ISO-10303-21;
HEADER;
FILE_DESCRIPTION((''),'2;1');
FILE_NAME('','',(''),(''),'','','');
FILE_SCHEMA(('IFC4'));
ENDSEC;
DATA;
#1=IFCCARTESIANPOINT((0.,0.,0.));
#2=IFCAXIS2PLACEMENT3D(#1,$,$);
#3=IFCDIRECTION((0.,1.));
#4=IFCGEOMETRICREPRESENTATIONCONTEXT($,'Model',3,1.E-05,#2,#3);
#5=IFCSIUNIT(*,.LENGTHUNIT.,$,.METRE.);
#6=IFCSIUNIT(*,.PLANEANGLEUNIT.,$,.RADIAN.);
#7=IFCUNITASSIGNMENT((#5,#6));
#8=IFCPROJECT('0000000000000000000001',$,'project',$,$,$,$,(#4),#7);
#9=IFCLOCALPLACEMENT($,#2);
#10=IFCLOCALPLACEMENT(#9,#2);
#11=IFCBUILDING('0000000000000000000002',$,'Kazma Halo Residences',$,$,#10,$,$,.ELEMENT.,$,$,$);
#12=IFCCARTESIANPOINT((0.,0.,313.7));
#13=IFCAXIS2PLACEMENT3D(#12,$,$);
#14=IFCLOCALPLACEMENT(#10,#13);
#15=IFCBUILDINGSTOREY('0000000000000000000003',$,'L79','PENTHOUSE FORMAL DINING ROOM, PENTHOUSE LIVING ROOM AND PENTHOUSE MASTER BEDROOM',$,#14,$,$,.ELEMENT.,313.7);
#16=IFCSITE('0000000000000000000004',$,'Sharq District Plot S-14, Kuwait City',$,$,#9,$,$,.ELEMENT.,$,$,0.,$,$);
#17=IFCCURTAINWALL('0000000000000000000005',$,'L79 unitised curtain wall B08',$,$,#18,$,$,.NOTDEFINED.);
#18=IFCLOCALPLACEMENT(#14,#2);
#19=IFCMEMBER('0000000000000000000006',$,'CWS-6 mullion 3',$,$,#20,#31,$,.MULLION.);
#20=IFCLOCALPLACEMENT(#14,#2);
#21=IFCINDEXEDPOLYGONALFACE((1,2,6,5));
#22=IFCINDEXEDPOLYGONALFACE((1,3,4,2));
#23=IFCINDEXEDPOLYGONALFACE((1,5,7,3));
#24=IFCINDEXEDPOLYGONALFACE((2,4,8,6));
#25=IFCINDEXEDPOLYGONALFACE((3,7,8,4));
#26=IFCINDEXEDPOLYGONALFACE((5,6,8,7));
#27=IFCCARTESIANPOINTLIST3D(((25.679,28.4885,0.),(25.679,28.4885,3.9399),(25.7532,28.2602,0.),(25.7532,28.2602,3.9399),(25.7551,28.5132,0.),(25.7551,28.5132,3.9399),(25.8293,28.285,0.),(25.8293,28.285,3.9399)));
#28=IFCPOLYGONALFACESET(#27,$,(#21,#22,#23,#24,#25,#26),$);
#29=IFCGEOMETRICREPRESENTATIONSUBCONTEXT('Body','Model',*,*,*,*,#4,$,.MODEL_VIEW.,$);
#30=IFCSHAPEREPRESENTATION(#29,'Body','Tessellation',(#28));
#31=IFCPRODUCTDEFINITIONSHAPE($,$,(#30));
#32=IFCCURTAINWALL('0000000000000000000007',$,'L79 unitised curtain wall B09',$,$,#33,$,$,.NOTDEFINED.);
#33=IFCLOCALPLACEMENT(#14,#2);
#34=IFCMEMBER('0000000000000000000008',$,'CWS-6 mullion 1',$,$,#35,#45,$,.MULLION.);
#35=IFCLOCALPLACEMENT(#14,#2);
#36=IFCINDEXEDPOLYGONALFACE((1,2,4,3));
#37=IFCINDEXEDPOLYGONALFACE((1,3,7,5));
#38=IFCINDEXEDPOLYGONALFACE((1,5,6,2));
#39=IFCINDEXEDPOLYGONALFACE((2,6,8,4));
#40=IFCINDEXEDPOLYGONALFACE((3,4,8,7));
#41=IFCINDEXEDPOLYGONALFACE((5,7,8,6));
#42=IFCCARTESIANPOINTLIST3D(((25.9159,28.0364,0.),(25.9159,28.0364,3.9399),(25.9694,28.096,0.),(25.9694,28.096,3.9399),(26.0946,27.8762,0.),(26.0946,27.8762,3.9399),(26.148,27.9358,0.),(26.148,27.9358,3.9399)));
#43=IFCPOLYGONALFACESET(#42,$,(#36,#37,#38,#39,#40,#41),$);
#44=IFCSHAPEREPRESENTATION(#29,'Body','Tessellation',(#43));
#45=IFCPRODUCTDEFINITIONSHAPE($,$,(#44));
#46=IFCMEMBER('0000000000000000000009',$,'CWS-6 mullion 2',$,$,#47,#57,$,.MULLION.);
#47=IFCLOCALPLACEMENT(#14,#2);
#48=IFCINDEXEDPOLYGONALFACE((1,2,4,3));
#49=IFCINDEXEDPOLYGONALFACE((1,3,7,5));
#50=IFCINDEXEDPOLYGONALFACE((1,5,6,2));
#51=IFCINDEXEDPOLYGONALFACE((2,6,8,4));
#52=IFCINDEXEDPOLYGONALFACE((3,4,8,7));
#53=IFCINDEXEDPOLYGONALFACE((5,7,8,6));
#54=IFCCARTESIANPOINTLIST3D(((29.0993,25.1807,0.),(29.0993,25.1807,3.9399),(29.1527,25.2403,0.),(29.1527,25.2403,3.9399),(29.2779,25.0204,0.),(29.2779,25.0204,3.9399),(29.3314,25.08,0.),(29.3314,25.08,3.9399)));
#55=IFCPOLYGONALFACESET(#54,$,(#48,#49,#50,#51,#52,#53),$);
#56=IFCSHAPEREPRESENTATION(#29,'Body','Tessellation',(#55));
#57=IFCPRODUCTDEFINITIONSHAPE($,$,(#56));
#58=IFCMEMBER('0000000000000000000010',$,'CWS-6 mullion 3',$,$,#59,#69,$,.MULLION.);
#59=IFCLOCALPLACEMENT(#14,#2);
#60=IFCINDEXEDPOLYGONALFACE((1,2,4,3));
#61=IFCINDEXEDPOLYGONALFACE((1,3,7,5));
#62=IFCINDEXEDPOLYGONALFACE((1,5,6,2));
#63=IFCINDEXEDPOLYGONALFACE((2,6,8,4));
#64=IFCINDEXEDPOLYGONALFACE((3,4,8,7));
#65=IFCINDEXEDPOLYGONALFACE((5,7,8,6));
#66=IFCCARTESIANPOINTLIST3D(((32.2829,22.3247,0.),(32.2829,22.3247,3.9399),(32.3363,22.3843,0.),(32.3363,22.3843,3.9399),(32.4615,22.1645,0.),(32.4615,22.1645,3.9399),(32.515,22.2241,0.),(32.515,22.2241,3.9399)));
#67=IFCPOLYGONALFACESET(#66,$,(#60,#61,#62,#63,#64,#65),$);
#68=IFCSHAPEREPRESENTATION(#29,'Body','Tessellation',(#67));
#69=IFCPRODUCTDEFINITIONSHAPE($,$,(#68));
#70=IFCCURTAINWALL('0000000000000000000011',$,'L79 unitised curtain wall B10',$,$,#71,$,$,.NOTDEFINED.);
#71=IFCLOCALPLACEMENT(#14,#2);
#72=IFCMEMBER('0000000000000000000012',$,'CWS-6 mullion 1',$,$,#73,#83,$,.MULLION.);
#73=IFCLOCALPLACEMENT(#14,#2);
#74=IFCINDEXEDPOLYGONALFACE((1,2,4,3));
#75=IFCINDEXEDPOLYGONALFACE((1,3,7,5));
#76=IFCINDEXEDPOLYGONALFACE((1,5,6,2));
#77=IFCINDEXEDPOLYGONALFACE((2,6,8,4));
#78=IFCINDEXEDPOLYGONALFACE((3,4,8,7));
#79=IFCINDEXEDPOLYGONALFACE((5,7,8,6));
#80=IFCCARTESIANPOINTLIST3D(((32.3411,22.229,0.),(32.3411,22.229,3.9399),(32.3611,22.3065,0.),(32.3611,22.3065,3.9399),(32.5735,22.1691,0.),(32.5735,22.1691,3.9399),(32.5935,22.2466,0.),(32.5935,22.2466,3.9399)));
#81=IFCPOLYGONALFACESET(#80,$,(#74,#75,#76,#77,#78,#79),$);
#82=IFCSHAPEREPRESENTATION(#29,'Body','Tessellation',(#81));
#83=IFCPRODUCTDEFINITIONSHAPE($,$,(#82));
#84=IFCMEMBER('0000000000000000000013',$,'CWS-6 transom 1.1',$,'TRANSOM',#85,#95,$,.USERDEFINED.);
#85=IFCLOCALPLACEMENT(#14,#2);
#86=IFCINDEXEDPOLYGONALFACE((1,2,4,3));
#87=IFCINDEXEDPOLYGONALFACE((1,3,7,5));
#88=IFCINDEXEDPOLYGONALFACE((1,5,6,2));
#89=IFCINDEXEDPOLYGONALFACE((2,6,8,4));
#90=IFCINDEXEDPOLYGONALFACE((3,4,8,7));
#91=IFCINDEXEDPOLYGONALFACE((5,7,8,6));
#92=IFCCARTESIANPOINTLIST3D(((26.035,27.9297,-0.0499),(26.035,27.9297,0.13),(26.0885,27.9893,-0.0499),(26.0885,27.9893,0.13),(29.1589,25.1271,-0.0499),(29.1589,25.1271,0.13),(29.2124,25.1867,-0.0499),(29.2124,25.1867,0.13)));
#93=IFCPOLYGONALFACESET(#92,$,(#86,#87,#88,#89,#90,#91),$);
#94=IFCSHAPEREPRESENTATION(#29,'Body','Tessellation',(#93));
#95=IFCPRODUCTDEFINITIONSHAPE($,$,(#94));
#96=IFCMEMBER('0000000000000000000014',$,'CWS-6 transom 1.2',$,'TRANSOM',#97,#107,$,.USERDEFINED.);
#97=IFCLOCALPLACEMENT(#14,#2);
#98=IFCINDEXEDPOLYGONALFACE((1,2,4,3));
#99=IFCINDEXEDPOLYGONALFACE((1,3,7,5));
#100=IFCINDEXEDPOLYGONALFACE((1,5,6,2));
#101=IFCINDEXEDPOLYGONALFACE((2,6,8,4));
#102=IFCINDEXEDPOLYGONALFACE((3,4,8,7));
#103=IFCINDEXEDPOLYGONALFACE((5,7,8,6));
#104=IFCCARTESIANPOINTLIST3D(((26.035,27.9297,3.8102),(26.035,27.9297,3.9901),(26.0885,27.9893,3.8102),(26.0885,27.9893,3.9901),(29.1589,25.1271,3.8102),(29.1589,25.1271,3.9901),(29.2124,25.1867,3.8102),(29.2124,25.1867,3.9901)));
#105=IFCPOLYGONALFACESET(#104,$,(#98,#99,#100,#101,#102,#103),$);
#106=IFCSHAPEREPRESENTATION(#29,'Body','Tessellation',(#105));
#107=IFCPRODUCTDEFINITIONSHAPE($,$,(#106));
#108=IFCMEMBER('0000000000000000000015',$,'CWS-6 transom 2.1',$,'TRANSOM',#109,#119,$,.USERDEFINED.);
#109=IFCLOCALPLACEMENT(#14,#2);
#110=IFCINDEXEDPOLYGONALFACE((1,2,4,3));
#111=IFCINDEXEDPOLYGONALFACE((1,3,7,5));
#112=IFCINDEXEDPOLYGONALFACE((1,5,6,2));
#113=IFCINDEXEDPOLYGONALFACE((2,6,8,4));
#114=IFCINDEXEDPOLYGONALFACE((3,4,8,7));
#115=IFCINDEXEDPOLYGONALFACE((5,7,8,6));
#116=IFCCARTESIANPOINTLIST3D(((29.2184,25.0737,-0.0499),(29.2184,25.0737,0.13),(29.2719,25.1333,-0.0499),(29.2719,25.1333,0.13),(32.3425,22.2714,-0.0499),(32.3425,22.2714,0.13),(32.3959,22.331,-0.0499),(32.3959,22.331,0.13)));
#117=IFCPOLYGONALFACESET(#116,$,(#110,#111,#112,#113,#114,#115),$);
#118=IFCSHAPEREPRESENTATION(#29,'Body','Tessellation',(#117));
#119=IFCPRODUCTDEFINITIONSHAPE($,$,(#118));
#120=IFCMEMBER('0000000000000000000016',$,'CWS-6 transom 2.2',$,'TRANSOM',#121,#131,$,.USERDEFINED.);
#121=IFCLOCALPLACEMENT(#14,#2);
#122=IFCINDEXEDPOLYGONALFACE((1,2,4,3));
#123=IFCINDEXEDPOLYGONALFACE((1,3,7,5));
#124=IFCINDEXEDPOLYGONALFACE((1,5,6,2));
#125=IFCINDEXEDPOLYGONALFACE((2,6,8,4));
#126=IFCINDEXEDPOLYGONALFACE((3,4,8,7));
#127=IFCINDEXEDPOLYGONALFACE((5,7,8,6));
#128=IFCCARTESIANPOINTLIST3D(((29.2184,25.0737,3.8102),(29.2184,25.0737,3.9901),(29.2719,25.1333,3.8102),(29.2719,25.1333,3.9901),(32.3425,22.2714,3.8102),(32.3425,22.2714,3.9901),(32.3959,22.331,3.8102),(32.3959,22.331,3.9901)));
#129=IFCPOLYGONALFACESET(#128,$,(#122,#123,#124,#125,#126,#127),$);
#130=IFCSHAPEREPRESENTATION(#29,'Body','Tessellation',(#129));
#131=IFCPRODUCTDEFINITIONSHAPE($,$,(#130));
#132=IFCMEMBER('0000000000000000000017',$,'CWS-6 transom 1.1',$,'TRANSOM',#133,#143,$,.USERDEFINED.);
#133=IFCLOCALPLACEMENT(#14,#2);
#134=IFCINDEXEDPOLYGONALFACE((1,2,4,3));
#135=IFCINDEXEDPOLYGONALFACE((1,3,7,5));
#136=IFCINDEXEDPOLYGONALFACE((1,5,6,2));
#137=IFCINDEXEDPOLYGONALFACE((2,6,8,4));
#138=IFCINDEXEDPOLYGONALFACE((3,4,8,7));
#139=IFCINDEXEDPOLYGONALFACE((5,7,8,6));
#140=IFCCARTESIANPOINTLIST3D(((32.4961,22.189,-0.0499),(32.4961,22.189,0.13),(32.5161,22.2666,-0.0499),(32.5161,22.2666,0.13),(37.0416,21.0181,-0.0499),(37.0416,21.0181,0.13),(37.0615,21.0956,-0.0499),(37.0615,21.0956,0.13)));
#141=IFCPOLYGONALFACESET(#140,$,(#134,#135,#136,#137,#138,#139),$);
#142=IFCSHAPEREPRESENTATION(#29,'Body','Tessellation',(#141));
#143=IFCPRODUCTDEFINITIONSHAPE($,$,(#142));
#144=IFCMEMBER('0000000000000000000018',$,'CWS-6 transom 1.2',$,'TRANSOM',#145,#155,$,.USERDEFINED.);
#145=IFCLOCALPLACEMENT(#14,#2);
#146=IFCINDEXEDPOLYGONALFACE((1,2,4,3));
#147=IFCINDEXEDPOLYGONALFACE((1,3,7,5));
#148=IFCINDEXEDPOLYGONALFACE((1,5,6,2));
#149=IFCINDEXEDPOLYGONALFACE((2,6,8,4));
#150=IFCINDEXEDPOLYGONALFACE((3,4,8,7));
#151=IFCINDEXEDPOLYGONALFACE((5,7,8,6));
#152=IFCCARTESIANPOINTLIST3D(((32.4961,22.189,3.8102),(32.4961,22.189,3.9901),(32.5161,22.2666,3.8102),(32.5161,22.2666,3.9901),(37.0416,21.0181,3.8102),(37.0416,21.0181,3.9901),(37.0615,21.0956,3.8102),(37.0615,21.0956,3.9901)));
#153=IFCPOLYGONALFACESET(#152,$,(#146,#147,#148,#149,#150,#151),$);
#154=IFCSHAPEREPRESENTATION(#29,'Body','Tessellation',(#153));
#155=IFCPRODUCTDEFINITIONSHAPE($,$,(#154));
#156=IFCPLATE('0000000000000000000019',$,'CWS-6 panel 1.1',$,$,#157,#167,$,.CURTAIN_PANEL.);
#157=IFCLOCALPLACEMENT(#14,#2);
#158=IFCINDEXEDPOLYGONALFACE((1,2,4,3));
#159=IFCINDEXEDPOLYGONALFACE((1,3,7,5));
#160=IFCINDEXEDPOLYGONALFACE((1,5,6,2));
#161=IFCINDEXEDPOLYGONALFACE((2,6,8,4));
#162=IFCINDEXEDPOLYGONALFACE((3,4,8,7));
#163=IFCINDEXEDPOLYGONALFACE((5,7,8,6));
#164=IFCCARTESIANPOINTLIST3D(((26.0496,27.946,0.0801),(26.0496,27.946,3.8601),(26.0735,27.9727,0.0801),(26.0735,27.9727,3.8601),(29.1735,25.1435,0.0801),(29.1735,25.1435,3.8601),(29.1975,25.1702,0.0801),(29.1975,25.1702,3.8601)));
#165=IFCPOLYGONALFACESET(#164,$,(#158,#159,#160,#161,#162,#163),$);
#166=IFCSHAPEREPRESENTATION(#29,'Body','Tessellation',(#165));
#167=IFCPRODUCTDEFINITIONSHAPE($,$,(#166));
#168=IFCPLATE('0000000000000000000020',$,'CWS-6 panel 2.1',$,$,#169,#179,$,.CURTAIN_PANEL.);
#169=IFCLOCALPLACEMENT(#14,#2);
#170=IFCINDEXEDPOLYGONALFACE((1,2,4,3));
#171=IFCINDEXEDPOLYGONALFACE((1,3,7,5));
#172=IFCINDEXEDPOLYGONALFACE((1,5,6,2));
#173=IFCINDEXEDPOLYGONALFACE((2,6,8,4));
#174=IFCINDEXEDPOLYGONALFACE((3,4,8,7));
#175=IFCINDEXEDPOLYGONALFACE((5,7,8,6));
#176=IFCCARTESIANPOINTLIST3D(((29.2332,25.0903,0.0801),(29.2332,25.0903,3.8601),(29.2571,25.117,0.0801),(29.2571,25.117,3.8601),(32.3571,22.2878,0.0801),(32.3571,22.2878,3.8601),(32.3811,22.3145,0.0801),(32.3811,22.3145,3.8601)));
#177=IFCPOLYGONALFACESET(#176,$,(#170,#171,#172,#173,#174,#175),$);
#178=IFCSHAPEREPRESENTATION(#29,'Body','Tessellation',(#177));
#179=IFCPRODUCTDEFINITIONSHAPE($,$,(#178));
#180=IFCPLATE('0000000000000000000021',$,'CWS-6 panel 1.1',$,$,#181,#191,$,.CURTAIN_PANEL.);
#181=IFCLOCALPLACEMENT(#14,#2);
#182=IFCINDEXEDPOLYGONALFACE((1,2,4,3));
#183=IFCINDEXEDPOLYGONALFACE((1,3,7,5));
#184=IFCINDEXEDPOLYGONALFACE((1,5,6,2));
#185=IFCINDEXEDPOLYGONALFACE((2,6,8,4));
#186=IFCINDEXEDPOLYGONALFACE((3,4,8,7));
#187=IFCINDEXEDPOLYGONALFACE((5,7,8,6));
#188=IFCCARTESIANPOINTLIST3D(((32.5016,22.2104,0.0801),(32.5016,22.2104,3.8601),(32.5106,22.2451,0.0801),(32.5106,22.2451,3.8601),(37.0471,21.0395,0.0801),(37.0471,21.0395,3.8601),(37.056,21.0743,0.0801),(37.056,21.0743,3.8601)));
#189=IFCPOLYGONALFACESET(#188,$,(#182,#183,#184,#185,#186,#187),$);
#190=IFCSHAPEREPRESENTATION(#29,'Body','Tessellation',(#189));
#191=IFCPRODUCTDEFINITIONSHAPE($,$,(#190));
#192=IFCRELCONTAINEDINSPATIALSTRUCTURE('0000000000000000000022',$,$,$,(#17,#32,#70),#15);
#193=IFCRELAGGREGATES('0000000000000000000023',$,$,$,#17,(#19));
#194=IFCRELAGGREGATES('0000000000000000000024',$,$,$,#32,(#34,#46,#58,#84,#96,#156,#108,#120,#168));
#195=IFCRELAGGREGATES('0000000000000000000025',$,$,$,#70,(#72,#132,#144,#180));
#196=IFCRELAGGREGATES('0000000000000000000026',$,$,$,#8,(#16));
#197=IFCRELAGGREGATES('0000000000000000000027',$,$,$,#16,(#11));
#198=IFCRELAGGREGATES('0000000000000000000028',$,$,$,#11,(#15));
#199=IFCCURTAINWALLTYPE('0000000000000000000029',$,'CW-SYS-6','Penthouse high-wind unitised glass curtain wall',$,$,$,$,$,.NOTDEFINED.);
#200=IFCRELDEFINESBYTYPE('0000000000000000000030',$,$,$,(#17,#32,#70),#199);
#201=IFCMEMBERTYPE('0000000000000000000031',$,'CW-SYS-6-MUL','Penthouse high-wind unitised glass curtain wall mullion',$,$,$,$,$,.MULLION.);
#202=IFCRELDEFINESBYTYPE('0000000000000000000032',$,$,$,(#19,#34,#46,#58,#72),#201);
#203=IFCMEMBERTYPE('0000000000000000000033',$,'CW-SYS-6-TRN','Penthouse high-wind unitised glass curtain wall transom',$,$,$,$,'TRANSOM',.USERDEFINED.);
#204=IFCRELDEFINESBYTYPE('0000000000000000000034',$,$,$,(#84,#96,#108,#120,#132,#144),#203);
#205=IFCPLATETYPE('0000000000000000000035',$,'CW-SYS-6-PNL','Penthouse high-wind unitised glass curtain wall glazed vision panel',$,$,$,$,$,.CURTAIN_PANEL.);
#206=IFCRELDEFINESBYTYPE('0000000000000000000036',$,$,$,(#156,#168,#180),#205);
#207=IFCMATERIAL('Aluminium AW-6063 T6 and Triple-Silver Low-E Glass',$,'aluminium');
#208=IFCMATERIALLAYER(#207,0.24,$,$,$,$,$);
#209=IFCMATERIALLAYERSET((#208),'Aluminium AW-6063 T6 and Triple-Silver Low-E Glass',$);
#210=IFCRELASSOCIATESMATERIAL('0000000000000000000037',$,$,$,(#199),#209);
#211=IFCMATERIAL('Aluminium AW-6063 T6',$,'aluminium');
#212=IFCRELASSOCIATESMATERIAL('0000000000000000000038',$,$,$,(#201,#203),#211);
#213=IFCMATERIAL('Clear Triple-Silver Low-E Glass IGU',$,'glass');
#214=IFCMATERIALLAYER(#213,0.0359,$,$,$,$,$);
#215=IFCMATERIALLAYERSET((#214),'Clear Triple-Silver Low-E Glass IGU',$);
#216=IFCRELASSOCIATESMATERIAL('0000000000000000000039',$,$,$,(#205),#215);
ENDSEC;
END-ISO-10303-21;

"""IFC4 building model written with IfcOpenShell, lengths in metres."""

from ifc_helpers import new_model, si_unit, direction, frame, origin, origin_2d, place, context, subcontext, project, spatial, rectangle, extrude, material, layer, layer_set, material_profile, profile_set, type_object, element, aggregate, save


model = new_model("IFC4")

# Units and contexts
model_context = context("Model", 3, precision=1e-05, world=origin(), true_north=direction((0.0, 1.0)))
body_context = subcontext(model_context, "Body", "Model", "MODEL_VIEW")
ifc_project = project(units=[si_unit("LENGTHUNIT", "METRE"), si_unit("PLANEANGLEUNIT", "RADIAN")], contexts=[model_context])

# Site, building, storey
site_placement = place(None, origin())
site = spatial("IfcSite", under=ifc_project, at=site_placement, Name="Sharq District Plot S-14, Kuwait City", CompositionType="ELEMENT", RefElevation=0.0)
building_placement = place(site_placement, origin())
building = spatial("IfcBuilding", under=site, at=building_placement, Name="Kazma Halo Residences", CompositionType="ELEMENT")
storey_placement = place(building_placement, frame((0.0, 0.0, 313.7)))
storey = spatial("IfcBuildingStorey", under=building, at=storey_placement, Name="L79", Description="PENTHOUSE FORMAL DINING ROOM, PENTHOUSE LIVING ROOM AND PENTHOUSE MASTER BEDROOM", CompositionType="ELEMENT", Elevation=313.7)

# Curtain wall, member
ifc_material_1 = material(Name="Aluminium AW-6063 T6 and Triple-Silver Low-E Glass", Category="aluminium")
ifc_layer_1 = layer(ifc_material_1, 0.24)
ifc_layer_set_1 = layer_set([ifc_layer_1], Name="Aluminium AW-6063 T6 and Triple-Silver Low-E Glass")
curtain_wall_type = type_object("IfcCurtainWallType", Name="CW-SYS-6", Description="Penthouse high-wind unitised glass curtain wall", PredefinedType="NOTDEFINED", material=ifc_layer_set_1)
curtain_wall_1_placement = place(storey_placement, origin())
curtain_wall_1 = element("IfcCurtainWall", 1, at=curtain_wall_1_placement, inside=storey, type_object=curtain_wall_type, Name="L79 unitised curtain wall B08", PredefinedType="NOTDEFINED")
ifc_material_2 = material(Name="Aluminium AW-6063 T6", Category="aluminium")
ifc_material_profile_1 = material_profile(ifc_material_2, rectangle(XDim=0.0801, YDim=0.24, at=origin_2d()), Name="CWM-80x240")
ifc_profile_set_1 = profile_set([ifc_material_profile_1], Name="Aluminium AW-6063 T6")
member_type_1 = type_object("IfcMemberType", Name="CW-SYS-6-MUL", Description="Penthouse high-wind unitised glass curtain wall mullion", PredefinedType="MULLION", material=ifc_profile_set_1)
member_1_placement = place(storey_placement, frame((25.7542, 28.3867, 0.0), z_axis=(0.0, 0.0, 1.0), x_axis=(0.951056, 0.309019, 0.0)))
member_1 = element("IfcMember", 2, at=member_1_placement, type_object=member_type_1, Name="CWS-6 mullion 3", PredefinedType="MULLION", context=body_context, shape_type="SweptSolid", body=[
    extrude(rectangle(XDim=0.0801, YDim=0.24, at=origin_2d()), origin(), (0.0, 0.0, 1.0), 3.9399),
])
aggregate(curtain_wall_1, [member_1])

# Curtain wall, members
curtain_wall_2_placement = place(storey_placement, origin())
curtain_wall_2 = element("IfcCurtainWall", 3, at=curtain_wall_2_placement, inside=storey, type_object=curtain_wall_type, Name="L79 unitised curtain wall B09", PredefinedType="NOTDEFINED")
member_2_placement = place(storey_placement, frame((26.032, 27.9861, 0.0), z_axis=(0.0, 0.0, 1.0), x_axis=(0.667758, 0.744379, 0.0)))
member_2 = element("IfcMember", 4, at=member_2_placement, type_object=member_type_1, Name="CWS-6 mullion 1", PredefinedType="MULLION", context=body_context, shape_type="SweptSolid", body=[
    extrude(rectangle(XDim=0.0801, YDim=0.24, at=origin_2d()), origin(), (0.0, 0.0, 1.0), 3.9399),
])
member_3_placement = place(storey_placement, frame((29.2153, 25.1304, 0.0), z_axis=(0.0, 0.0, 1.0), x_axis=(0.667758, 0.744379, 0.0)))
member_3 = element("IfcMember", 5, at=member_3_placement, type_object=member_type_1, Name="CWS-6 mullion 2", PredefinedType="MULLION", context=body_context, shape_type="SweptSolid", body=[
    extrude(rectangle(XDim=0.0801, YDim=0.24, at=origin_2d()), origin(), (0.0, 0.0, 1.0), 3.9399),
])
member_4_placement = place(storey_placement, frame((32.3989, 22.2744, 0.0), z_axis=(0.0, 0.0, 1.0), x_axis=(0.667758, 0.744379, 0.0)))
member_4 = element("IfcMember", 6, at=member_4_placement, type_object=member_type_1, Name="CWS-6 mullion 3", PredefinedType="MULLION", context=body_context, shape_type="SweptSolid", body=[
    extrude(rectangle(XDim=0.0801, YDim=0.24, at=origin_2d()), origin(), (0.0, 0.0, 1.0), 3.9399),
])

# Curtain wall, member
curtain_wall_3_placement = place(storey_placement, origin())
curtain_wall_3 = element("IfcCurtainWall", 7, at=curtain_wall_3_placement, inside=storey, type_object=curtain_wall_type, Name="L79 unitised curtain wall B10", PredefinedType="NOTDEFINED")
member_5_placement = place(storey_placement, frame((32.4673, 22.2378, 0.0), z_axis=(0.0, 0.0, 1.0), x_axis=(0.249446, 0.968389, 0.0)))
member_5 = element("IfcMember", 8, at=member_5_placement, type_object=member_type_1, Name="CWS-6 mullion 1", PredefinedType="MULLION", context=body_context, shape_type="SweptSolid", body=[
    extrude(rectangle(XDim=0.0801, YDim=0.24, at=origin_2d()), origin(), (0.0, 0.0, 1.0), 3.9399),
])

# Members
ifc_material_profile_2 = material_profile(ifc_material_2, rectangle(XDim=0.0801, YDim=0.1799, at=origin_2d()), Name="CWT-80x180")
ifc_profile_set_2 = profile_set([ifc_material_profile_2], Name="Aluminium AW-6063 T6")
member_type_2 = type_object("IfcMemberType", Name="CW-SYS-6-TRN", Description="Penthouse high-wind unitised glass curtain wall transom", ElementType="TRANSOM", PredefinedType="USERDEFINED", material=ifc_profile_set_2)
member_6_placement = place(storey_placement, frame((26.0618, 27.9595, 0.04), z_axis=(0.744349, -0.667791, 0.0), x_axis=(0.667791, 0.744349, 0.0)))
member_6 = element("IfcMember", 9, at=member_6_placement, type_object=member_type_2, Name="CWS-6 transom 1.1", ObjectType="TRANSOM", PredefinedType="USERDEFINED", context=body_context, shape_type="SweptSolid", body=[
    extrude(rectangle(XDim=0.0801, YDim=0.1799, at=origin_2d()), origin(), (0.0, 0.0, 1.0), 4.1968),
])
member_7_placement = place(storey_placement, frame((26.0618, 27.9595, 3.9001), z_axis=(0.744349, -0.667791, 0.0), x_axis=(0.667791, 0.744349, 0.0)))
member_7 = element("IfcMember", 10, at=member_7_placement, type_object=member_type_2, Name="CWS-6 transom 1.2", ObjectType="TRANSOM", PredefinedType="USERDEFINED", context=body_context, shape_type="SweptSolid", body=[
    extrude(rectangle(XDim=0.0801, YDim=0.1799, at=origin_2d()), origin(), (0.0, 0.0, 1.0), 4.1968),
])
member_8_placement = place(storey_placement, frame((29.2451, 25.1035, 0.04), z_axis=(0.744404, -0.66773, 0.0), x_axis=(0.66773, 0.744404, 0.0)))
member_8 = element("IfcMember", 11, at=member_8_placement, type_object=member_type_2, Name="CWS-6 transom 2.1", ObjectType="TRANSOM", PredefinedType="USERDEFINED", context=body_context, shape_type="SweptSolid", body=[
    extrude(rectangle(XDim=0.0801, YDim=0.1799, at=origin_2d()), origin(), (0.0, 0.0, 1.0), 4.1968),
])
member_9_placement = place(storey_placement, frame((29.2451, 25.1035, 3.9001), z_axis=(0.744404, -0.66773, 0.0), x_axis=(0.66773, 0.744404, 0.0)))
member_9 = element("IfcMember", 12, at=member_9_placement, type_object=member_type_2, Name="CWS-6 transom 2.2", ObjectType="TRANSOM", PredefinedType="USERDEFINED", context=body_context, shape_type="SweptSolid", body=[
    extrude(rectangle(XDim=0.0801, YDim=0.1799, at=origin_2d()), origin(), (0.0, 0.0, 1.0), 4.1968),
])
member_10_placement = place(storey_placement, frame((32.5061, 22.2278, 0.04), z_axis=(0.968386, -0.249456, 0.0), x_axis=(0.249456, 0.968386, 0.0)))
member_10 = element("IfcMember", 13, at=member_10_placement, type_object=member_type_2, Name="CWS-6 transom 1.1", ObjectType="TRANSOM", PredefinedType="USERDEFINED", context=body_context, shape_type="SweptSolid", body=[
    extrude(rectangle(XDim=0.0801, YDim=0.1799, at=origin_2d()), origin(), (0.0, 0.0, 1.0), 4.6938),
])
member_11_placement = place(storey_placement, frame((32.5061, 22.2278, 3.9001), z_axis=(0.968386, -0.249456, 0.0), x_axis=(0.249456, 0.968386, 0.0)))
member_11 = element("IfcMember", 14, at=member_11_placement, type_object=member_type_2, Name="CWS-6 transom 1.2", ObjectType="TRANSOM", PredefinedType="USERDEFINED", context=body_context, shape_type="SweptSolid", body=[
    extrude(rectangle(XDim=0.0801, YDim=0.1799, at=origin_2d()), origin(), (0.0, 0.0, 1.0), 4.6938),
])

# Plates
ifc_material_3 = material(Name="Clear Triple-Silver Low-E Glass IGU", Category="glass")
ifc_layer_2 = layer(ifc_material_3, 0.0359)
ifc_layer_set_2 = layer_set([ifc_layer_2], Name="Clear Triple-Silver Low-E Glass IGU")
plate_type = type_object("IfcPlateType", Name="CW-SYS-6-PNL", Description="Penthouse high-wind unitised glass curtain wall glazed vision panel", PredefinedType="CURTAIN_PANEL", material=ifc_layer_set_2)
plate_1_placement = place(storey_placement, frame((27.6235, 26.5581, 0.0801), z_axis=(0.0, 0.0, 1.0), x_axis=(0.744379, -0.667758, 0.0)))
plate_1 = element("IfcPlate", 15, at=plate_1_placement, type_object=plate_type, Name="CWS-6 panel 1.1", PredefinedType="CURTAIN_PANEL", context=body_context, shape_type="SweptSolid", body=[
    extrude(rectangle(XDim=4.1968, YDim=0.0359, at=origin_2d()), origin(), (0.0, 0.0, 1.0), 3.78),
])
plate_2_placement = place(storey_placement, frame((30.8071, 23.7024, 0.0801), z_axis=(0.0, 0.0, 1.0), x_axis=(0.744379, -0.667758, 0.0)))
plate_2 = element("IfcPlate", 16, at=plate_2_placement, type_object=plate_type, Name="CWS-6 panel 2.1", PredefinedType="CURTAIN_PANEL", context=body_context, shape_type="SweptSolid", body=[
    extrude(rectangle(XDim=4.1968, YDim=0.0359, at=origin_2d()), origin(), (0.0, 0.0, 1.0), 3.78),
])
aggregate(curtain_wall_2, [member_2, member_3, member_4, member_6, member_7, plate_1, member_8, member_9, plate_2])
plate_3_placement = place(storey_placement, frame((34.7788, 21.6423, 0.0801), z_axis=(0.0, 0.0, 1.0), x_axis=(0.968389, -0.249446, 0.0)))
plate_3 = element("IfcPlate", 17, at=plate_3_placement, type_object=plate_type, Name="CWS-6 panel 1.1", PredefinedType="CURTAIN_PANEL", context=body_context, shape_type="SweptSolid", body=[
    extrude(rectangle(XDim=4.6938, YDim=0.0359, at=origin_2d()), origin(), (0.0, 0.0, 1.0), 3.78),
])
aggregate(curtain_wall_3, [member_5, member_10, member_11, plate_3])

save(model, "model.ifc")
